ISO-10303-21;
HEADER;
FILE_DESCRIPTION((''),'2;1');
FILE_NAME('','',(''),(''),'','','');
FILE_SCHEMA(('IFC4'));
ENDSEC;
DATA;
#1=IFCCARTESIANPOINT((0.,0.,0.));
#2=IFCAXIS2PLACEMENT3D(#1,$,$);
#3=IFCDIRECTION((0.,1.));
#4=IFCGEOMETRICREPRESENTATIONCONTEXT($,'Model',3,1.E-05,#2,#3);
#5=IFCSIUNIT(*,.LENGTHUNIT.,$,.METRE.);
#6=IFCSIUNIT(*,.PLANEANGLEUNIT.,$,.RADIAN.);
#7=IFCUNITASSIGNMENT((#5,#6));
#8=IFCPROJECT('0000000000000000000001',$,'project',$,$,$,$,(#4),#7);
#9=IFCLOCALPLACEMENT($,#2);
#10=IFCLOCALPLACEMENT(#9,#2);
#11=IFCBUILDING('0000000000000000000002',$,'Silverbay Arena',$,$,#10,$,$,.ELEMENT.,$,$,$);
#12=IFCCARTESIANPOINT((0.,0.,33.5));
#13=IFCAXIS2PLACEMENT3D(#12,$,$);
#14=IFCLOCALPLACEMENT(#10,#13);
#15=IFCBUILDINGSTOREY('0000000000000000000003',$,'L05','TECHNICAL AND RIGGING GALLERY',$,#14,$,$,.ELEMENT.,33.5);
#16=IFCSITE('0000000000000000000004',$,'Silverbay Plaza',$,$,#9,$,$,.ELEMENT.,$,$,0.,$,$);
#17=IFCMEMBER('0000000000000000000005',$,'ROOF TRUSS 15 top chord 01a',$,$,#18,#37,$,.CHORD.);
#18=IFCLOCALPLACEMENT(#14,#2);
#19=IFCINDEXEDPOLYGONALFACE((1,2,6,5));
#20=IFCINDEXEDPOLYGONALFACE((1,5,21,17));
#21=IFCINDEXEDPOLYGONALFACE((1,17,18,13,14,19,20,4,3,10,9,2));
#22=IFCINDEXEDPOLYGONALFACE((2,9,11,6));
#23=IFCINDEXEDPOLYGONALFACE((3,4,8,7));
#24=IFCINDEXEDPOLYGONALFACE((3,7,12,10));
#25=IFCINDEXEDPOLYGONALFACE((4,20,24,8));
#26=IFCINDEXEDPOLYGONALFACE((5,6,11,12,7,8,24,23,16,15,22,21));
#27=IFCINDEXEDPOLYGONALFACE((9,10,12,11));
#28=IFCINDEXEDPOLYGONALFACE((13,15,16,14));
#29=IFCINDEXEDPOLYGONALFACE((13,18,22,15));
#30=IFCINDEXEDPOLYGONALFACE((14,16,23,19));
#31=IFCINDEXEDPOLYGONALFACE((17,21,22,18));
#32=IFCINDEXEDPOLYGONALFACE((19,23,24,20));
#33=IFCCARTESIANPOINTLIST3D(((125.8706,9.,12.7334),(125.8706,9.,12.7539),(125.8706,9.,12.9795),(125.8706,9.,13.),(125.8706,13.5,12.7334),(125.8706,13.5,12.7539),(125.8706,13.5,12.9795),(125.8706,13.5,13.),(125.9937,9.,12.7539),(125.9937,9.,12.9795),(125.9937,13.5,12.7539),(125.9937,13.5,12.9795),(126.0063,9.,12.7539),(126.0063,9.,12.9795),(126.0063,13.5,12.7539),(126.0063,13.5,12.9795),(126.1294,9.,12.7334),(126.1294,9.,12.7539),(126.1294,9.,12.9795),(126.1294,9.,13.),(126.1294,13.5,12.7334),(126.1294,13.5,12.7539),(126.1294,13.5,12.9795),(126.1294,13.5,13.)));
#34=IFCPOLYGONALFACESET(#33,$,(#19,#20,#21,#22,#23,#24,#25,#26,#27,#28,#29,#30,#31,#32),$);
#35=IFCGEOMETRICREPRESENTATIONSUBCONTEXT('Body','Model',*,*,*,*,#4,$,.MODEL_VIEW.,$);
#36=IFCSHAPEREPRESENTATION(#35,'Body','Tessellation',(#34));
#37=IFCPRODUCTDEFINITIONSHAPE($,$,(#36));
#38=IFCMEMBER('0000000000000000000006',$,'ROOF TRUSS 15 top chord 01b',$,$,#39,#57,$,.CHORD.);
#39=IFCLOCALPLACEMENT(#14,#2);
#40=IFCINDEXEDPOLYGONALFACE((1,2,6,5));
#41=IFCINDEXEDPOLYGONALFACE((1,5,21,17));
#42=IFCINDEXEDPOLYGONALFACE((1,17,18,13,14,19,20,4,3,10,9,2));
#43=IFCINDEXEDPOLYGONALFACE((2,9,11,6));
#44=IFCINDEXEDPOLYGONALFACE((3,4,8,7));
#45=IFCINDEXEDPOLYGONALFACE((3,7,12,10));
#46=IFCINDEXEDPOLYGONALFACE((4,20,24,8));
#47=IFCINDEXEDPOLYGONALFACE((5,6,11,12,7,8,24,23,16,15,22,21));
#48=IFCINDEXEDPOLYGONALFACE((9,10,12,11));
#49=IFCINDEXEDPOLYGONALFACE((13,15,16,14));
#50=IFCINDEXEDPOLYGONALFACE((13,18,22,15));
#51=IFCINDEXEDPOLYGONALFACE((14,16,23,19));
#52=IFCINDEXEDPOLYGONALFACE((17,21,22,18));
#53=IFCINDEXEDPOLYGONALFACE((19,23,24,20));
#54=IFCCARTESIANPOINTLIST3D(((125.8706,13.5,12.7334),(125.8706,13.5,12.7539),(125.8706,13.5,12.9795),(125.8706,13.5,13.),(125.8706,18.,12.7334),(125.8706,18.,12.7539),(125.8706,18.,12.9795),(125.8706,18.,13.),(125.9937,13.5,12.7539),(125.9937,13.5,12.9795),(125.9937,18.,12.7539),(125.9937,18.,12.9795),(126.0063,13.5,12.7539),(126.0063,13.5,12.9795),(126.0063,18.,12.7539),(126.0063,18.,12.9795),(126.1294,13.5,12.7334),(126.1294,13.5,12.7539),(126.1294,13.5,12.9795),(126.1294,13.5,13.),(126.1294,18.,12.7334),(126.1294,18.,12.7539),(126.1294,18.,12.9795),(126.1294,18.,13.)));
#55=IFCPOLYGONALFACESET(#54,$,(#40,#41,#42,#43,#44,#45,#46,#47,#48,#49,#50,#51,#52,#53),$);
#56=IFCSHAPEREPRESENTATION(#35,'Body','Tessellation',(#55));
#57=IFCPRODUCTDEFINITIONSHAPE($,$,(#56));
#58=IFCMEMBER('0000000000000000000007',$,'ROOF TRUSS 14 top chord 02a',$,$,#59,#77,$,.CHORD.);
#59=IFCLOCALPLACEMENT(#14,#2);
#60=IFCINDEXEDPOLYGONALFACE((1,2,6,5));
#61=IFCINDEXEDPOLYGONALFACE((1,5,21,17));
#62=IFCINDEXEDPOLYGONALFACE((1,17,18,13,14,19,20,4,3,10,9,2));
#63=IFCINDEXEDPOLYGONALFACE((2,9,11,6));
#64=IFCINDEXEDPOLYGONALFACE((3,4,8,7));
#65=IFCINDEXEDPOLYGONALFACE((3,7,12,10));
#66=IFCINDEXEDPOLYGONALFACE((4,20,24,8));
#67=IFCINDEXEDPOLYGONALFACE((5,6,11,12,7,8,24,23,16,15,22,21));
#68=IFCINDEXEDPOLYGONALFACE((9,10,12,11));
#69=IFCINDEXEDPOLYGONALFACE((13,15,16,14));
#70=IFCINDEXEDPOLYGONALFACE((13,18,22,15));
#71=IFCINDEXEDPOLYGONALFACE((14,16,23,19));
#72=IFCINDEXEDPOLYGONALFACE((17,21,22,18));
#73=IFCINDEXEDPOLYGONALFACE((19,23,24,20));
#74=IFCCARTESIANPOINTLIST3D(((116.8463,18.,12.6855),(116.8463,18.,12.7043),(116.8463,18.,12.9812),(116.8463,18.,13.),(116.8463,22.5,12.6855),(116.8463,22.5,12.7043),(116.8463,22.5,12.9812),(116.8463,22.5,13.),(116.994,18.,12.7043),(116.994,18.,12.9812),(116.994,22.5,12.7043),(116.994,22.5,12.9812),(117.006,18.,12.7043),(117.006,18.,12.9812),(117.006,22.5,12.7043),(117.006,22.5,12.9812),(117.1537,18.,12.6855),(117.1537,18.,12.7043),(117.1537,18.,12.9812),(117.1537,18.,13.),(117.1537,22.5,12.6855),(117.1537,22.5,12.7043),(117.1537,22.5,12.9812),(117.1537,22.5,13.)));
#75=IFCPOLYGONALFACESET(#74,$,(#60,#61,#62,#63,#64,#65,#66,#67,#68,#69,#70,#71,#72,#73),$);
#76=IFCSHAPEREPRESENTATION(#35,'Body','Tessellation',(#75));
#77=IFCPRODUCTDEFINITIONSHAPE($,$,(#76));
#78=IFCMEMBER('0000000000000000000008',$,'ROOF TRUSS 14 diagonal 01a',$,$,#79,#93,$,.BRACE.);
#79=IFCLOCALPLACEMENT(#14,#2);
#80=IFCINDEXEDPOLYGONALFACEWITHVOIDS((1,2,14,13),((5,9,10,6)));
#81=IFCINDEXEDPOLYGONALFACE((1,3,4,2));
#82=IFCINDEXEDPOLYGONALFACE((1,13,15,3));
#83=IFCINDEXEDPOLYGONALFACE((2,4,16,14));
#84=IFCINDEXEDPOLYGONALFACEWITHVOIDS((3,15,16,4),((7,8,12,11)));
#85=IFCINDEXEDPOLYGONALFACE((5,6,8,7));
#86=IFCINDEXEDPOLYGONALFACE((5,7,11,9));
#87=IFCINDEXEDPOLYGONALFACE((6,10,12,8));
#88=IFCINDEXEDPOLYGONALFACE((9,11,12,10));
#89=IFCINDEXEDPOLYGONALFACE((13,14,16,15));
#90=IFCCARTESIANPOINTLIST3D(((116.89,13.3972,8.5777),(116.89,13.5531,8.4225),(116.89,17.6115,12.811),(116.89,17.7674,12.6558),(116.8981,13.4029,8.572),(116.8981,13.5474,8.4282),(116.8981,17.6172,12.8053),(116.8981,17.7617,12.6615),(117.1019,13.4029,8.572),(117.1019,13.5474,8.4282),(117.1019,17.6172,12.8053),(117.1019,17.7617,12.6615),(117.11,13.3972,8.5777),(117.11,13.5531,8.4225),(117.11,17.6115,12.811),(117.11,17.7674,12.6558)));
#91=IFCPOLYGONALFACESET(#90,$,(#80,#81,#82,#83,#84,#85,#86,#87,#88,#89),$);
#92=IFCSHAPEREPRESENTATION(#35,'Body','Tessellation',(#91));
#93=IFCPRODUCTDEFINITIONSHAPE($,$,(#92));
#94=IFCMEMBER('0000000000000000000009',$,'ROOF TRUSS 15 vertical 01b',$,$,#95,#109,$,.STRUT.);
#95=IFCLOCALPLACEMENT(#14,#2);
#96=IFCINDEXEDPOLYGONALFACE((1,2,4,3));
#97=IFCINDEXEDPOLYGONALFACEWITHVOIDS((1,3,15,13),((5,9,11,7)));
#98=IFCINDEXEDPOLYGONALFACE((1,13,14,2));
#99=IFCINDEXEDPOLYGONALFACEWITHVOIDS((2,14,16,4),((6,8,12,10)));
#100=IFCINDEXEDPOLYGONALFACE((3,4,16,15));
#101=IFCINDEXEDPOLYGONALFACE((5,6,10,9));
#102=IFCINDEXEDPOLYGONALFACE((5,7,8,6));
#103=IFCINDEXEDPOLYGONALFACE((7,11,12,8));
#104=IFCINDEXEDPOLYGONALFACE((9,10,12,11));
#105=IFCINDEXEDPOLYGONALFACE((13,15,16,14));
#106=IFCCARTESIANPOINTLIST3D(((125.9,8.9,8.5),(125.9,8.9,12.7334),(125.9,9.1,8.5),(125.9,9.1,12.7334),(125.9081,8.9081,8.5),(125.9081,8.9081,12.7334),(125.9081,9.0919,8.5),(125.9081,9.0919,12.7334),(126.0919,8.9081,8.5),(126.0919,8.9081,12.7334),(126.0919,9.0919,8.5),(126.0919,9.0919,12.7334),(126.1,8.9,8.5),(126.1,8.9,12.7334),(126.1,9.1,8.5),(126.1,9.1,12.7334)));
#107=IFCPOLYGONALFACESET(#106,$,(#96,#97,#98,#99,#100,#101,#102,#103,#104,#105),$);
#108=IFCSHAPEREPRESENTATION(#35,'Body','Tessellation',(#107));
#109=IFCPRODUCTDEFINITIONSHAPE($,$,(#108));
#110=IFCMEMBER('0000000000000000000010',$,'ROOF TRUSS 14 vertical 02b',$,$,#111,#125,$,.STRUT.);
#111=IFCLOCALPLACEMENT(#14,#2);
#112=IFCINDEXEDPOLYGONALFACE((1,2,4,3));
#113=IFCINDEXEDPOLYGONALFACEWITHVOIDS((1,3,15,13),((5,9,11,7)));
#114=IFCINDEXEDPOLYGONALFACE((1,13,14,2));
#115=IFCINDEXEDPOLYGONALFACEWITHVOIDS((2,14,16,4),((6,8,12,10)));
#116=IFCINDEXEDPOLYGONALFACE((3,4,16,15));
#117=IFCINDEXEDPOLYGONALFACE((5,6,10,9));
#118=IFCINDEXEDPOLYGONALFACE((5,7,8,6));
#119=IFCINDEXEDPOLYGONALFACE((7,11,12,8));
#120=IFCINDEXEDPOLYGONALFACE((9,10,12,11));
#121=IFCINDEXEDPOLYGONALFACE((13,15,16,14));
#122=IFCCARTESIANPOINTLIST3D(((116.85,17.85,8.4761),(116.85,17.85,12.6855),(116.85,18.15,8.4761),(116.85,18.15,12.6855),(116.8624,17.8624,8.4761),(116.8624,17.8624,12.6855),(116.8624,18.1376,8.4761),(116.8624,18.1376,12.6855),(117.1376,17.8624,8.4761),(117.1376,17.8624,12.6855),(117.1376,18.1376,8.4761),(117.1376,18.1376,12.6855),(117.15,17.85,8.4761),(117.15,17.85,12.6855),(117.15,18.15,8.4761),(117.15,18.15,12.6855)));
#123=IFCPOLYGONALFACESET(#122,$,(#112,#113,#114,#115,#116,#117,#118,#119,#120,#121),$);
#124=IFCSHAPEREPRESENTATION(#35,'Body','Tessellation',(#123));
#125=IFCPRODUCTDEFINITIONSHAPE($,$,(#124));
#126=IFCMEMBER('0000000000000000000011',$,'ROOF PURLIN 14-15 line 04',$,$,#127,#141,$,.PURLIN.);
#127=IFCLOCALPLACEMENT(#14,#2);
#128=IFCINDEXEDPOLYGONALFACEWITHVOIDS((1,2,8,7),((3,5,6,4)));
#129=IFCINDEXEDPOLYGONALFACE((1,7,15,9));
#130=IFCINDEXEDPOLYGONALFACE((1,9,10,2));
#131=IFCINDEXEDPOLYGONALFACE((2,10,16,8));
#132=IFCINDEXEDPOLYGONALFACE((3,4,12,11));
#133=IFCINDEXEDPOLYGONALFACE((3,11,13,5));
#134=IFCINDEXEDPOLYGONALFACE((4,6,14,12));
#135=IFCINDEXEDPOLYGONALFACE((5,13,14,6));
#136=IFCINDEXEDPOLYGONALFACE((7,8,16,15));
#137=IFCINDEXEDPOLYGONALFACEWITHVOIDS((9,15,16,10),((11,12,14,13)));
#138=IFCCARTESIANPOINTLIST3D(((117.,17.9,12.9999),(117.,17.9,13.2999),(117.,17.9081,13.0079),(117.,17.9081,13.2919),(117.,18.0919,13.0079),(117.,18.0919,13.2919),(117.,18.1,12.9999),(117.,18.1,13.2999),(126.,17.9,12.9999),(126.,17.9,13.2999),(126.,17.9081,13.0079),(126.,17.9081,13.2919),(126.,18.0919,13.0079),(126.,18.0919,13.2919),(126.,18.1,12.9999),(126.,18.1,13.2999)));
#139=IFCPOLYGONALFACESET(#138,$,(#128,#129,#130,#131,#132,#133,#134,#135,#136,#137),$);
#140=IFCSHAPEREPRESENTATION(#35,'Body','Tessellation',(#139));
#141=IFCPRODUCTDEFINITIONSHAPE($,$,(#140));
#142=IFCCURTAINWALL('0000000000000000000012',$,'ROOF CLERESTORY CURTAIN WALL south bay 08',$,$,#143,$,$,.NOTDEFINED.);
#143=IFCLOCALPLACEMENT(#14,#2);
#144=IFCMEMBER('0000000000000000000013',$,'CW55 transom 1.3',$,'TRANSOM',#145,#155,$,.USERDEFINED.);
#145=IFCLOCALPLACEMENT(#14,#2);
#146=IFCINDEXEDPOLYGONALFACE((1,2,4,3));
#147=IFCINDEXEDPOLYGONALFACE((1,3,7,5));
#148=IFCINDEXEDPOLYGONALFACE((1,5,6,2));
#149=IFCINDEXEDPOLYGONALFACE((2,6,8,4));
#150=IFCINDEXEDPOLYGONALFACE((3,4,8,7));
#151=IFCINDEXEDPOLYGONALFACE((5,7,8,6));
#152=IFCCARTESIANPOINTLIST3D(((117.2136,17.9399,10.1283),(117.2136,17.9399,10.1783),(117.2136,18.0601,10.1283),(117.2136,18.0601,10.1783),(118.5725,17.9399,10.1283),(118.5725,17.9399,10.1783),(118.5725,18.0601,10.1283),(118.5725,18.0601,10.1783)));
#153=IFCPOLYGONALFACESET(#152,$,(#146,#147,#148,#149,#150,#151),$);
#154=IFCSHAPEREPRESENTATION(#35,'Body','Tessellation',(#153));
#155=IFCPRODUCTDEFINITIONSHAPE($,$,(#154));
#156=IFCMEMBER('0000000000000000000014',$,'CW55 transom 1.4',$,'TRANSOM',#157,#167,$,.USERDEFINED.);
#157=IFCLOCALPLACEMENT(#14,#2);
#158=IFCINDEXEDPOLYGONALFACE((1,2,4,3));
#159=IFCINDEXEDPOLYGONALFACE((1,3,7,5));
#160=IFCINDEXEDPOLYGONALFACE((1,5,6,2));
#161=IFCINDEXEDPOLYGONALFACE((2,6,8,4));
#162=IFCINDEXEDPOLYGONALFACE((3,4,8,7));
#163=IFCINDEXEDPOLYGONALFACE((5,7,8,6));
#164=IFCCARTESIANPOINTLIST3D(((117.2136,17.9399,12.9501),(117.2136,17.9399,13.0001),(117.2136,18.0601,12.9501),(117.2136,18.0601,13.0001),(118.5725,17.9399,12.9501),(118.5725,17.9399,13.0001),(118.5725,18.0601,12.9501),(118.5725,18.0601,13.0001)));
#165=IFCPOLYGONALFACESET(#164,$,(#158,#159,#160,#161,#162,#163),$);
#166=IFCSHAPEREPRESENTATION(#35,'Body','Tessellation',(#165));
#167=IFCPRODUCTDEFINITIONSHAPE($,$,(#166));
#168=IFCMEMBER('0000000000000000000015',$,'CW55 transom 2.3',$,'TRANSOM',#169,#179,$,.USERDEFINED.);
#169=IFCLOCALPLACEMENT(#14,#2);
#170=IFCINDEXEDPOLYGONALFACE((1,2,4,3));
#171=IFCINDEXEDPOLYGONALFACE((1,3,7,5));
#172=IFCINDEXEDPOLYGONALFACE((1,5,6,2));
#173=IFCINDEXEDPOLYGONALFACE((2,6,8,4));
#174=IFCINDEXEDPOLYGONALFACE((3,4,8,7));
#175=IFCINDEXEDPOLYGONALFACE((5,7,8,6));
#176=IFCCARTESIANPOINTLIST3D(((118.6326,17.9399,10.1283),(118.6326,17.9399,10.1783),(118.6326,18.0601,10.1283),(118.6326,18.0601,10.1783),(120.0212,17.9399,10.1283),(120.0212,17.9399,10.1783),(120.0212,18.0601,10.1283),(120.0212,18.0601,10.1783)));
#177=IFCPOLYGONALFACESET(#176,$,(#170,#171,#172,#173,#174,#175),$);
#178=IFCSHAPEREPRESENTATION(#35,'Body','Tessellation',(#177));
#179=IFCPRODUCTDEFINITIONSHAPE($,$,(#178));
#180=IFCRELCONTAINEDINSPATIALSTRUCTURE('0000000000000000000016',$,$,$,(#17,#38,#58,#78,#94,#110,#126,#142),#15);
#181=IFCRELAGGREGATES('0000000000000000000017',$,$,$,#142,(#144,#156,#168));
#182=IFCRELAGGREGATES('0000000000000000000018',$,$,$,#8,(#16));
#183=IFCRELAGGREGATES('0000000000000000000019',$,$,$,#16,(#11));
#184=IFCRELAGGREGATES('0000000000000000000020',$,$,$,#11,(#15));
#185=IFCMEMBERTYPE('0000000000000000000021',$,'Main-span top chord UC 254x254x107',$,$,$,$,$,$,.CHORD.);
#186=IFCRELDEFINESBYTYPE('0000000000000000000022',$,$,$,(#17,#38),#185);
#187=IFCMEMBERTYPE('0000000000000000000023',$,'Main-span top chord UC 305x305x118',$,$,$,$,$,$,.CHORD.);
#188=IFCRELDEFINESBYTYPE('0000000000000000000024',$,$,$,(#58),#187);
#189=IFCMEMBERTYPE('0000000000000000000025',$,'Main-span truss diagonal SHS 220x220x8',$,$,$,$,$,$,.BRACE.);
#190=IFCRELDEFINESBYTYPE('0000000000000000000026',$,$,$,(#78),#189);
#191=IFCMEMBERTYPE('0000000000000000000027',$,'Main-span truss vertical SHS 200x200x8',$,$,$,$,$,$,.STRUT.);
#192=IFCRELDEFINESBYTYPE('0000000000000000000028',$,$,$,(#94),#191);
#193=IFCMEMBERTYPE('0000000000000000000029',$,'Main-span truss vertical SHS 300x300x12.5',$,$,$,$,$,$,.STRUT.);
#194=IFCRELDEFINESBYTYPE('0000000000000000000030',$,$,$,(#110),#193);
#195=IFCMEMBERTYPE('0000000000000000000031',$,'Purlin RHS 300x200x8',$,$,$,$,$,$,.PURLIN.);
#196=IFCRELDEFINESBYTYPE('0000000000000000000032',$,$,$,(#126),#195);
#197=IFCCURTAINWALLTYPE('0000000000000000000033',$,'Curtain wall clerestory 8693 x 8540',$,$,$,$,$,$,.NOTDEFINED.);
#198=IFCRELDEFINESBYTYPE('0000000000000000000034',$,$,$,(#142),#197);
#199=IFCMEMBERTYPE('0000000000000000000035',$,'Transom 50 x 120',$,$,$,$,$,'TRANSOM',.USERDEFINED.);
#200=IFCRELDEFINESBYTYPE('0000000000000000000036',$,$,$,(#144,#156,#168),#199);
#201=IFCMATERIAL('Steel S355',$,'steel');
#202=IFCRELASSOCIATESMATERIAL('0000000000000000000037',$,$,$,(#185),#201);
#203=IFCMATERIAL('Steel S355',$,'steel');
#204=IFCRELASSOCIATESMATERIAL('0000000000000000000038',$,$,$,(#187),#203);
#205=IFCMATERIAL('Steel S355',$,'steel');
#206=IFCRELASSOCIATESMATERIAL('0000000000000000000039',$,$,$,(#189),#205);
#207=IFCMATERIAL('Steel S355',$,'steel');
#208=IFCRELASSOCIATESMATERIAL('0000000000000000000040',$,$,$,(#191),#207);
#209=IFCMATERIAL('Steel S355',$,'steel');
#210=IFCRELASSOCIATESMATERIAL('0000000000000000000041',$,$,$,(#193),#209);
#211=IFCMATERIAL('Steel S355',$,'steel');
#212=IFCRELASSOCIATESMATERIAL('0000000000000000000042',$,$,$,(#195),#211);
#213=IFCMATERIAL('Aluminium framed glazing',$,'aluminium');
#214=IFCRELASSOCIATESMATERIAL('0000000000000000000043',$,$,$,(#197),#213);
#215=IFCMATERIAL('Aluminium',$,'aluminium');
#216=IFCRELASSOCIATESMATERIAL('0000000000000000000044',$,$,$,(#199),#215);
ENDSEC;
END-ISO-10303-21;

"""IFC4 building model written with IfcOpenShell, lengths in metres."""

from ifc_helpers import new_model, si_unit, direction, frame, origin, origin_2d, place, context, subcontext, project, spatial, rectangle, hollow_rectangle, i_section, extrude, material, material_profile, profile_set, type_object, element, aggregate, save


model = new_model("IFC4")

# Units and contexts
model_context = context("Model", 3, precision=1e-05, world=origin(), true_north=direction((0.0, 1.0)))
body_context = subcontext(model_context, "Body", "Model", "MODEL_VIEW")
ifc_project = project(units=[si_unit("LENGTHUNIT", "METRE"), si_unit("PLANEANGLEUNIT", "RADIAN")], contexts=[model_context])

# Site, building, storey
site_placement = place(None, origin())
site = spatial("IfcSite", under=ifc_project, at=site_placement, Name="Silverbay Plaza", CompositionType="ELEMENT", RefElevation=0.0)
building_placement = place(site_placement, origin())
building = spatial("IfcBuilding", under=site, at=building_placement, Name="Silverbay Arena", CompositionType="ELEMENT")
storey_placement = place(building_placement, frame((0.0, 0.0, 33.5)))
storey = spatial("IfcBuildingStorey", under=building, at=storey_placement, Name="L05", Description="TECHNICAL AND RIGGING GALLERY", CompositionType="ELEMENT", Elevation=33.5)

# Members
ifc_material_1 = material(Name="Steel S355", Category="steel")
ifc_material_profile_1 = material_profile(ifc_material_1, i_section(OverallWidth=0.2588, OverallDepth=0.2666, WebThickness=0.0127, FlangeThickness=0.0205, at=origin_2d()), Name="UC 254x254x107")
ifc_profile_set_1 = profile_set([ifc_material_profile_1], Name="Steel S355")
member_type_1 = type_object("IfcMemberType", Name="Main-span top chord UC 254x254x107", PredefinedType="CHORD", material=ifc_profile_set_1)
for number, where, z_axis, x_axis, name in (
    (1, (126.0, 9.0, 12.8667), (0.0, 1.0, 0.0), (-1.0, 0.0, 0.0), "ROOF TRUSS 15 top chord 01a"),
    (2, (126.0, 13.5, 12.8667), (0.0, 1.0, 0.0), (-1.0, 0.0, 0.0), "ROOF TRUSS 15 top chord 01b"),
):
    element("IfcMember", number, at=place(storey_placement, frame(where, z_axis=z_axis, x_axis=x_axis)), inside=storey, type_object=member_type_1, Name=name, PredefinedType="CHORD", context=body_context, shape_type="SweptSolid", body=[
        extrude(i_section(OverallWidth=0.2588, OverallDepth=0.2666, WebThickness=0.0127, FlangeThickness=0.0205, at=origin_2d()), origin(), (0.0, 0.0, 1.0), 4.5),
    ])
ifc_material_2 = material(Name="Steel S355", Category="steel")
ifc_material_profile_2 = material_profile(ifc_material_2, i_section(OverallWidth=0.3074, OverallDepth=0.3145, WebThickness=0.012, FlangeThickness=0.0188, at=origin_2d()), Name="UC 305x305x118")
ifc_profile_set_2 = profile_set([ifc_material_profile_2], Name="Steel S355")
member_type_2 = type_object("IfcMemberType", Name="Main-span top chord UC 305x305x118", PredefinedType="CHORD", material=ifc_profile_set_2)
member_1_placement = place(storey_placement, frame((117.0, 18.0, 12.8428), z_axis=(0.0, 1.0, 0.0), x_axis=(-1.0, 0.0, 0.0)))
element("IfcMember", 3, at=member_1_placement, inside=storey, type_object=member_type_2, Name="ROOF TRUSS 14 top chord 02a", PredefinedType="CHORD", context=body_context, shape_type="SweptSolid", body=[
    extrude(i_section(OverallWidth=0.3074, OverallDepth=0.3145, WebThickness=0.012, FlangeThickness=0.0188, at=origin_2d()), origin(), (0.0, 0.0, 1.0), 4.5),
])
ifc_material_3 = material(Name="Steel S355", Category="steel")
ifc_material_profile_3 = material_profile(ifc_material_3, hollow_rectangle(XDim=0.22, YDim=0.22, WallThickness=0.0081, at=origin_2d()), Name="SHS 220x220x8")
ifc_profile_set_3 = profile_set([ifc_material_profile_3], Name="Steel S355")
member_type_3 = type_object("IfcMemberType", Name="Main-span truss diagonal SHS 220x220x8", PredefinedType="BRACE", material=ifc_profile_set_3)
member_2_placement = place(storey_placement, frame((117.0, 17.6895, 12.7334), z_axis=(0.0, -0.705511, -0.708699), x_axis=(1.0, 0.0, 0.0)))
element("IfcMember", 4, at=member_2_placement, inside=storey, type_object=member_type_3, Name="ROOF TRUSS 14 diagonal 01a", PredefinedType="BRACE", context=body_context, shape_type="SweptSolid", body=[
    extrude(hollow_rectangle(XDim=0.22, YDim=0.22, WallThickness=0.0081, at=origin_2d()), origin(), (0.0, 0.0, 1.0), 5.9734),
])
ifc_material_4 = material(Name="Steel S355", Category="steel")
ifc_material_profile_4 = material_profile(ifc_material_4, hollow_rectangle(XDim=0.2, YDim=0.2, WallThickness=0.0081, at=origin_2d()), Name="SHS 200x200x8")
ifc_profile_set_4 = profile_set([ifc_material_profile_4], Name="Steel S355")
member_type_4 = type_object("IfcMemberType", Name="Main-span truss vertical SHS 200x200x8", PredefinedType="STRUT", material=ifc_profile_set_4)
member_3_placement = place(storey_placement, frame((126.0, 9.0, 8.5), z_axis=(0.0, 0.0, 1.0), x_axis=(1.0, 0.0, 0.0)))
element("IfcMember", 5, at=member_3_placement, inside=storey, type_object=member_type_4, Name="ROOF TRUSS 15 vertical 01b", PredefinedType="STRUT", context=body_context, shape_type="SweptSolid", body=[
    extrude(hollow_rectangle(XDim=0.2, YDim=0.2, WallThickness=0.0081, at=origin_2d()), origin(), (0.0, 0.0, 1.0), 4.2334),
])
ifc_material_5 = material(Name="Steel S355", Category="steel")
ifc_material_profile_5 = material_profile(ifc_material_5, hollow_rectangle(XDim=0.3, YDim=0.3, WallThickness=0.0125, at=origin_2d()), Name="SHS 300x300x12.5")
ifc_profile_set_5 = profile_set([ifc_material_profile_5], Name="Steel S355")
member_type_5 = type_object("IfcMemberType", Name="Main-span truss vertical SHS 300x300x12.5", PredefinedType="STRUT", material=ifc_profile_set_5)
member_4_placement = place(storey_placement, frame((117.0, 18.0, 8.4761), z_axis=(0.0, 0.0, 1.0), x_axis=(1.0, 0.0, 0.0)))
element("IfcMember", 6, at=member_4_placement, inside=storey, type_object=member_type_5, Name="ROOF TRUSS 14 vertical 02b", PredefinedType="STRUT", context=body_context, shape_type="SweptSolid", body=[
    extrude(hollow_rectangle(XDim=0.3, YDim=0.3, WallThickness=0.0125, at=origin_2d()), origin(), (0.0, 0.0, 1.0), 4.2095),
])
ifc_material_6 = material(Name="Steel S355", Category="steel")
ifc_material_profile_6 = material_profile(ifc_material_6, hollow_rectangle(XDim=0.2, YDim=0.3, WallThickness=0.0081, at=origin_2d()), Name="RHS 300x200x8")
ifc_profile_set_6 = profile_set([ifc_material_profile_6], Name="Steel S355")
member_type_6 = type_object("IfcMemberType", Name="Purlin RHS 300x200x8", PredefinedType="PURLIN", material=ifc_profile_set_6)
member_5_placement = place(storey_placement, frame((117.0, 18.0, 13.1499), z_axis=(1.0, 0.0, 0.0), x_axis=(0.0, 1.0, 0.0)))
element("IfcMember", 7, at=member_5_placement, inside=storey, type_object=member_type_6, Name="ROOF PURLIN 14-15 line 04", PredefinedType="PURLIN", context=body_context, shape_type="SweptSolid", body=[
    extrude(hollow_rectangle(XDim=0.2, YDim=0.3, WallThickness=0.0081, at=origin_2d()), origin(), (0.0, 0.0, 1.0), 9.0),
])

# Curtain wall, members
ifc_material_7 = material(Name="Aluminium framed glazing", Category="aluminium")
curtain_wall_type = type_object("IfcCurtainWallType", Name="Curtain wall clerestory 8693 x 8540", PredefinedType="NOTDEFINED", material=ifc_material_7)
curtain_wall_placement = place(storey_placement, origin())
curtain_wall = element("IfcCurtainWall", 8, at=curtain_wall_placement, inside=storey, type_object=curtain_wall_type, Name="ROOF CLERESTORY CURTAIN WALL south bay 08", PredefinedType="NOTDEFINED")
ifc_material_8 = material(Name="Aluminium", Category="aluminium")
ifc_material_profile_7 = material_profile(ifc_material_8, rectangle(XDim=0.1201, YDim=0.05, at=origin_2d()), Name="Transom 50 x 120")
ifc_profile_set_7 = profile_set([ifc_material_profile_7], Name="Aluminium")
member_type_7 = type_object("IfcMemberType", Name="Transom 50 x 120", ElementType="TRANSOM", PredefinedType="USERDEFINED", material=ifc_profile_set_7)
member_6_placement = place(storey_placement, frame((117.2136, 18.0, 10.1533), z_axis=(1.0, 0.0, 0.0), x_axis=(0.0, 1.0, 0.0)))
member_6 = element("IfcMember", 9, at=member_6_placement, type_object=member_type_7, Name="CW55 transom 1.3", ObjectType="TRANSOM", PredefinedType="USERDEFINED", context=body_context, shape_type="SweptSolid", body=[
    extrude(rectangle(XDim=0.1201, YDim=0.05, at=origin_2d()), origin(), (0.0, 0.0, 1.0), 1.3589),
])
member_7_placement = place(storey_placement, frame((117.2136, 18.0, 12.9751), z_axis=(1.0, 0.0, 0.0), x_axis=(0.0, 1.0, 0.0)))
member_7 = element("IfcMember", 10, at=member_7_placement, type_object=member_type_7, Name="CW55 transom 1.4", ObjectType="TRANSOM", PredefinedType="USERDEFINED", context=body_context, shape_type="SweptSolid", body=[
    extrude(rectangle(XDim=0.1201, YDim=0.05, at=origin_2d()), origin(), (0.0, 0.0, 1.0), 1.3589),
])
member_8_placement = place(storey_placement, frame((118.6326, 18.0, 10.1533), z_axis=(1.0, 0.0, 0.0), x_axis=(0.0, 1.0, 0.0)))
member_8 = element("IfcMember", 11, at=member_8_placement, type_object=member_type_7, Name="CW55 transom 2.3", ObjectType="TRANSOM", PredefinedType="USERDEFINED", context=body_context, shape_type="SweptSolid", body=[
    extrude(rectangle(XDim=0.1201, YDim=0.05, at=origin_2d()), origin(), (0.0, 0.0, 1.0), 1.3887),
])
aggregate(curtain_wall, [member_6, member_7, member_8])

save(model, "model.ifc")
